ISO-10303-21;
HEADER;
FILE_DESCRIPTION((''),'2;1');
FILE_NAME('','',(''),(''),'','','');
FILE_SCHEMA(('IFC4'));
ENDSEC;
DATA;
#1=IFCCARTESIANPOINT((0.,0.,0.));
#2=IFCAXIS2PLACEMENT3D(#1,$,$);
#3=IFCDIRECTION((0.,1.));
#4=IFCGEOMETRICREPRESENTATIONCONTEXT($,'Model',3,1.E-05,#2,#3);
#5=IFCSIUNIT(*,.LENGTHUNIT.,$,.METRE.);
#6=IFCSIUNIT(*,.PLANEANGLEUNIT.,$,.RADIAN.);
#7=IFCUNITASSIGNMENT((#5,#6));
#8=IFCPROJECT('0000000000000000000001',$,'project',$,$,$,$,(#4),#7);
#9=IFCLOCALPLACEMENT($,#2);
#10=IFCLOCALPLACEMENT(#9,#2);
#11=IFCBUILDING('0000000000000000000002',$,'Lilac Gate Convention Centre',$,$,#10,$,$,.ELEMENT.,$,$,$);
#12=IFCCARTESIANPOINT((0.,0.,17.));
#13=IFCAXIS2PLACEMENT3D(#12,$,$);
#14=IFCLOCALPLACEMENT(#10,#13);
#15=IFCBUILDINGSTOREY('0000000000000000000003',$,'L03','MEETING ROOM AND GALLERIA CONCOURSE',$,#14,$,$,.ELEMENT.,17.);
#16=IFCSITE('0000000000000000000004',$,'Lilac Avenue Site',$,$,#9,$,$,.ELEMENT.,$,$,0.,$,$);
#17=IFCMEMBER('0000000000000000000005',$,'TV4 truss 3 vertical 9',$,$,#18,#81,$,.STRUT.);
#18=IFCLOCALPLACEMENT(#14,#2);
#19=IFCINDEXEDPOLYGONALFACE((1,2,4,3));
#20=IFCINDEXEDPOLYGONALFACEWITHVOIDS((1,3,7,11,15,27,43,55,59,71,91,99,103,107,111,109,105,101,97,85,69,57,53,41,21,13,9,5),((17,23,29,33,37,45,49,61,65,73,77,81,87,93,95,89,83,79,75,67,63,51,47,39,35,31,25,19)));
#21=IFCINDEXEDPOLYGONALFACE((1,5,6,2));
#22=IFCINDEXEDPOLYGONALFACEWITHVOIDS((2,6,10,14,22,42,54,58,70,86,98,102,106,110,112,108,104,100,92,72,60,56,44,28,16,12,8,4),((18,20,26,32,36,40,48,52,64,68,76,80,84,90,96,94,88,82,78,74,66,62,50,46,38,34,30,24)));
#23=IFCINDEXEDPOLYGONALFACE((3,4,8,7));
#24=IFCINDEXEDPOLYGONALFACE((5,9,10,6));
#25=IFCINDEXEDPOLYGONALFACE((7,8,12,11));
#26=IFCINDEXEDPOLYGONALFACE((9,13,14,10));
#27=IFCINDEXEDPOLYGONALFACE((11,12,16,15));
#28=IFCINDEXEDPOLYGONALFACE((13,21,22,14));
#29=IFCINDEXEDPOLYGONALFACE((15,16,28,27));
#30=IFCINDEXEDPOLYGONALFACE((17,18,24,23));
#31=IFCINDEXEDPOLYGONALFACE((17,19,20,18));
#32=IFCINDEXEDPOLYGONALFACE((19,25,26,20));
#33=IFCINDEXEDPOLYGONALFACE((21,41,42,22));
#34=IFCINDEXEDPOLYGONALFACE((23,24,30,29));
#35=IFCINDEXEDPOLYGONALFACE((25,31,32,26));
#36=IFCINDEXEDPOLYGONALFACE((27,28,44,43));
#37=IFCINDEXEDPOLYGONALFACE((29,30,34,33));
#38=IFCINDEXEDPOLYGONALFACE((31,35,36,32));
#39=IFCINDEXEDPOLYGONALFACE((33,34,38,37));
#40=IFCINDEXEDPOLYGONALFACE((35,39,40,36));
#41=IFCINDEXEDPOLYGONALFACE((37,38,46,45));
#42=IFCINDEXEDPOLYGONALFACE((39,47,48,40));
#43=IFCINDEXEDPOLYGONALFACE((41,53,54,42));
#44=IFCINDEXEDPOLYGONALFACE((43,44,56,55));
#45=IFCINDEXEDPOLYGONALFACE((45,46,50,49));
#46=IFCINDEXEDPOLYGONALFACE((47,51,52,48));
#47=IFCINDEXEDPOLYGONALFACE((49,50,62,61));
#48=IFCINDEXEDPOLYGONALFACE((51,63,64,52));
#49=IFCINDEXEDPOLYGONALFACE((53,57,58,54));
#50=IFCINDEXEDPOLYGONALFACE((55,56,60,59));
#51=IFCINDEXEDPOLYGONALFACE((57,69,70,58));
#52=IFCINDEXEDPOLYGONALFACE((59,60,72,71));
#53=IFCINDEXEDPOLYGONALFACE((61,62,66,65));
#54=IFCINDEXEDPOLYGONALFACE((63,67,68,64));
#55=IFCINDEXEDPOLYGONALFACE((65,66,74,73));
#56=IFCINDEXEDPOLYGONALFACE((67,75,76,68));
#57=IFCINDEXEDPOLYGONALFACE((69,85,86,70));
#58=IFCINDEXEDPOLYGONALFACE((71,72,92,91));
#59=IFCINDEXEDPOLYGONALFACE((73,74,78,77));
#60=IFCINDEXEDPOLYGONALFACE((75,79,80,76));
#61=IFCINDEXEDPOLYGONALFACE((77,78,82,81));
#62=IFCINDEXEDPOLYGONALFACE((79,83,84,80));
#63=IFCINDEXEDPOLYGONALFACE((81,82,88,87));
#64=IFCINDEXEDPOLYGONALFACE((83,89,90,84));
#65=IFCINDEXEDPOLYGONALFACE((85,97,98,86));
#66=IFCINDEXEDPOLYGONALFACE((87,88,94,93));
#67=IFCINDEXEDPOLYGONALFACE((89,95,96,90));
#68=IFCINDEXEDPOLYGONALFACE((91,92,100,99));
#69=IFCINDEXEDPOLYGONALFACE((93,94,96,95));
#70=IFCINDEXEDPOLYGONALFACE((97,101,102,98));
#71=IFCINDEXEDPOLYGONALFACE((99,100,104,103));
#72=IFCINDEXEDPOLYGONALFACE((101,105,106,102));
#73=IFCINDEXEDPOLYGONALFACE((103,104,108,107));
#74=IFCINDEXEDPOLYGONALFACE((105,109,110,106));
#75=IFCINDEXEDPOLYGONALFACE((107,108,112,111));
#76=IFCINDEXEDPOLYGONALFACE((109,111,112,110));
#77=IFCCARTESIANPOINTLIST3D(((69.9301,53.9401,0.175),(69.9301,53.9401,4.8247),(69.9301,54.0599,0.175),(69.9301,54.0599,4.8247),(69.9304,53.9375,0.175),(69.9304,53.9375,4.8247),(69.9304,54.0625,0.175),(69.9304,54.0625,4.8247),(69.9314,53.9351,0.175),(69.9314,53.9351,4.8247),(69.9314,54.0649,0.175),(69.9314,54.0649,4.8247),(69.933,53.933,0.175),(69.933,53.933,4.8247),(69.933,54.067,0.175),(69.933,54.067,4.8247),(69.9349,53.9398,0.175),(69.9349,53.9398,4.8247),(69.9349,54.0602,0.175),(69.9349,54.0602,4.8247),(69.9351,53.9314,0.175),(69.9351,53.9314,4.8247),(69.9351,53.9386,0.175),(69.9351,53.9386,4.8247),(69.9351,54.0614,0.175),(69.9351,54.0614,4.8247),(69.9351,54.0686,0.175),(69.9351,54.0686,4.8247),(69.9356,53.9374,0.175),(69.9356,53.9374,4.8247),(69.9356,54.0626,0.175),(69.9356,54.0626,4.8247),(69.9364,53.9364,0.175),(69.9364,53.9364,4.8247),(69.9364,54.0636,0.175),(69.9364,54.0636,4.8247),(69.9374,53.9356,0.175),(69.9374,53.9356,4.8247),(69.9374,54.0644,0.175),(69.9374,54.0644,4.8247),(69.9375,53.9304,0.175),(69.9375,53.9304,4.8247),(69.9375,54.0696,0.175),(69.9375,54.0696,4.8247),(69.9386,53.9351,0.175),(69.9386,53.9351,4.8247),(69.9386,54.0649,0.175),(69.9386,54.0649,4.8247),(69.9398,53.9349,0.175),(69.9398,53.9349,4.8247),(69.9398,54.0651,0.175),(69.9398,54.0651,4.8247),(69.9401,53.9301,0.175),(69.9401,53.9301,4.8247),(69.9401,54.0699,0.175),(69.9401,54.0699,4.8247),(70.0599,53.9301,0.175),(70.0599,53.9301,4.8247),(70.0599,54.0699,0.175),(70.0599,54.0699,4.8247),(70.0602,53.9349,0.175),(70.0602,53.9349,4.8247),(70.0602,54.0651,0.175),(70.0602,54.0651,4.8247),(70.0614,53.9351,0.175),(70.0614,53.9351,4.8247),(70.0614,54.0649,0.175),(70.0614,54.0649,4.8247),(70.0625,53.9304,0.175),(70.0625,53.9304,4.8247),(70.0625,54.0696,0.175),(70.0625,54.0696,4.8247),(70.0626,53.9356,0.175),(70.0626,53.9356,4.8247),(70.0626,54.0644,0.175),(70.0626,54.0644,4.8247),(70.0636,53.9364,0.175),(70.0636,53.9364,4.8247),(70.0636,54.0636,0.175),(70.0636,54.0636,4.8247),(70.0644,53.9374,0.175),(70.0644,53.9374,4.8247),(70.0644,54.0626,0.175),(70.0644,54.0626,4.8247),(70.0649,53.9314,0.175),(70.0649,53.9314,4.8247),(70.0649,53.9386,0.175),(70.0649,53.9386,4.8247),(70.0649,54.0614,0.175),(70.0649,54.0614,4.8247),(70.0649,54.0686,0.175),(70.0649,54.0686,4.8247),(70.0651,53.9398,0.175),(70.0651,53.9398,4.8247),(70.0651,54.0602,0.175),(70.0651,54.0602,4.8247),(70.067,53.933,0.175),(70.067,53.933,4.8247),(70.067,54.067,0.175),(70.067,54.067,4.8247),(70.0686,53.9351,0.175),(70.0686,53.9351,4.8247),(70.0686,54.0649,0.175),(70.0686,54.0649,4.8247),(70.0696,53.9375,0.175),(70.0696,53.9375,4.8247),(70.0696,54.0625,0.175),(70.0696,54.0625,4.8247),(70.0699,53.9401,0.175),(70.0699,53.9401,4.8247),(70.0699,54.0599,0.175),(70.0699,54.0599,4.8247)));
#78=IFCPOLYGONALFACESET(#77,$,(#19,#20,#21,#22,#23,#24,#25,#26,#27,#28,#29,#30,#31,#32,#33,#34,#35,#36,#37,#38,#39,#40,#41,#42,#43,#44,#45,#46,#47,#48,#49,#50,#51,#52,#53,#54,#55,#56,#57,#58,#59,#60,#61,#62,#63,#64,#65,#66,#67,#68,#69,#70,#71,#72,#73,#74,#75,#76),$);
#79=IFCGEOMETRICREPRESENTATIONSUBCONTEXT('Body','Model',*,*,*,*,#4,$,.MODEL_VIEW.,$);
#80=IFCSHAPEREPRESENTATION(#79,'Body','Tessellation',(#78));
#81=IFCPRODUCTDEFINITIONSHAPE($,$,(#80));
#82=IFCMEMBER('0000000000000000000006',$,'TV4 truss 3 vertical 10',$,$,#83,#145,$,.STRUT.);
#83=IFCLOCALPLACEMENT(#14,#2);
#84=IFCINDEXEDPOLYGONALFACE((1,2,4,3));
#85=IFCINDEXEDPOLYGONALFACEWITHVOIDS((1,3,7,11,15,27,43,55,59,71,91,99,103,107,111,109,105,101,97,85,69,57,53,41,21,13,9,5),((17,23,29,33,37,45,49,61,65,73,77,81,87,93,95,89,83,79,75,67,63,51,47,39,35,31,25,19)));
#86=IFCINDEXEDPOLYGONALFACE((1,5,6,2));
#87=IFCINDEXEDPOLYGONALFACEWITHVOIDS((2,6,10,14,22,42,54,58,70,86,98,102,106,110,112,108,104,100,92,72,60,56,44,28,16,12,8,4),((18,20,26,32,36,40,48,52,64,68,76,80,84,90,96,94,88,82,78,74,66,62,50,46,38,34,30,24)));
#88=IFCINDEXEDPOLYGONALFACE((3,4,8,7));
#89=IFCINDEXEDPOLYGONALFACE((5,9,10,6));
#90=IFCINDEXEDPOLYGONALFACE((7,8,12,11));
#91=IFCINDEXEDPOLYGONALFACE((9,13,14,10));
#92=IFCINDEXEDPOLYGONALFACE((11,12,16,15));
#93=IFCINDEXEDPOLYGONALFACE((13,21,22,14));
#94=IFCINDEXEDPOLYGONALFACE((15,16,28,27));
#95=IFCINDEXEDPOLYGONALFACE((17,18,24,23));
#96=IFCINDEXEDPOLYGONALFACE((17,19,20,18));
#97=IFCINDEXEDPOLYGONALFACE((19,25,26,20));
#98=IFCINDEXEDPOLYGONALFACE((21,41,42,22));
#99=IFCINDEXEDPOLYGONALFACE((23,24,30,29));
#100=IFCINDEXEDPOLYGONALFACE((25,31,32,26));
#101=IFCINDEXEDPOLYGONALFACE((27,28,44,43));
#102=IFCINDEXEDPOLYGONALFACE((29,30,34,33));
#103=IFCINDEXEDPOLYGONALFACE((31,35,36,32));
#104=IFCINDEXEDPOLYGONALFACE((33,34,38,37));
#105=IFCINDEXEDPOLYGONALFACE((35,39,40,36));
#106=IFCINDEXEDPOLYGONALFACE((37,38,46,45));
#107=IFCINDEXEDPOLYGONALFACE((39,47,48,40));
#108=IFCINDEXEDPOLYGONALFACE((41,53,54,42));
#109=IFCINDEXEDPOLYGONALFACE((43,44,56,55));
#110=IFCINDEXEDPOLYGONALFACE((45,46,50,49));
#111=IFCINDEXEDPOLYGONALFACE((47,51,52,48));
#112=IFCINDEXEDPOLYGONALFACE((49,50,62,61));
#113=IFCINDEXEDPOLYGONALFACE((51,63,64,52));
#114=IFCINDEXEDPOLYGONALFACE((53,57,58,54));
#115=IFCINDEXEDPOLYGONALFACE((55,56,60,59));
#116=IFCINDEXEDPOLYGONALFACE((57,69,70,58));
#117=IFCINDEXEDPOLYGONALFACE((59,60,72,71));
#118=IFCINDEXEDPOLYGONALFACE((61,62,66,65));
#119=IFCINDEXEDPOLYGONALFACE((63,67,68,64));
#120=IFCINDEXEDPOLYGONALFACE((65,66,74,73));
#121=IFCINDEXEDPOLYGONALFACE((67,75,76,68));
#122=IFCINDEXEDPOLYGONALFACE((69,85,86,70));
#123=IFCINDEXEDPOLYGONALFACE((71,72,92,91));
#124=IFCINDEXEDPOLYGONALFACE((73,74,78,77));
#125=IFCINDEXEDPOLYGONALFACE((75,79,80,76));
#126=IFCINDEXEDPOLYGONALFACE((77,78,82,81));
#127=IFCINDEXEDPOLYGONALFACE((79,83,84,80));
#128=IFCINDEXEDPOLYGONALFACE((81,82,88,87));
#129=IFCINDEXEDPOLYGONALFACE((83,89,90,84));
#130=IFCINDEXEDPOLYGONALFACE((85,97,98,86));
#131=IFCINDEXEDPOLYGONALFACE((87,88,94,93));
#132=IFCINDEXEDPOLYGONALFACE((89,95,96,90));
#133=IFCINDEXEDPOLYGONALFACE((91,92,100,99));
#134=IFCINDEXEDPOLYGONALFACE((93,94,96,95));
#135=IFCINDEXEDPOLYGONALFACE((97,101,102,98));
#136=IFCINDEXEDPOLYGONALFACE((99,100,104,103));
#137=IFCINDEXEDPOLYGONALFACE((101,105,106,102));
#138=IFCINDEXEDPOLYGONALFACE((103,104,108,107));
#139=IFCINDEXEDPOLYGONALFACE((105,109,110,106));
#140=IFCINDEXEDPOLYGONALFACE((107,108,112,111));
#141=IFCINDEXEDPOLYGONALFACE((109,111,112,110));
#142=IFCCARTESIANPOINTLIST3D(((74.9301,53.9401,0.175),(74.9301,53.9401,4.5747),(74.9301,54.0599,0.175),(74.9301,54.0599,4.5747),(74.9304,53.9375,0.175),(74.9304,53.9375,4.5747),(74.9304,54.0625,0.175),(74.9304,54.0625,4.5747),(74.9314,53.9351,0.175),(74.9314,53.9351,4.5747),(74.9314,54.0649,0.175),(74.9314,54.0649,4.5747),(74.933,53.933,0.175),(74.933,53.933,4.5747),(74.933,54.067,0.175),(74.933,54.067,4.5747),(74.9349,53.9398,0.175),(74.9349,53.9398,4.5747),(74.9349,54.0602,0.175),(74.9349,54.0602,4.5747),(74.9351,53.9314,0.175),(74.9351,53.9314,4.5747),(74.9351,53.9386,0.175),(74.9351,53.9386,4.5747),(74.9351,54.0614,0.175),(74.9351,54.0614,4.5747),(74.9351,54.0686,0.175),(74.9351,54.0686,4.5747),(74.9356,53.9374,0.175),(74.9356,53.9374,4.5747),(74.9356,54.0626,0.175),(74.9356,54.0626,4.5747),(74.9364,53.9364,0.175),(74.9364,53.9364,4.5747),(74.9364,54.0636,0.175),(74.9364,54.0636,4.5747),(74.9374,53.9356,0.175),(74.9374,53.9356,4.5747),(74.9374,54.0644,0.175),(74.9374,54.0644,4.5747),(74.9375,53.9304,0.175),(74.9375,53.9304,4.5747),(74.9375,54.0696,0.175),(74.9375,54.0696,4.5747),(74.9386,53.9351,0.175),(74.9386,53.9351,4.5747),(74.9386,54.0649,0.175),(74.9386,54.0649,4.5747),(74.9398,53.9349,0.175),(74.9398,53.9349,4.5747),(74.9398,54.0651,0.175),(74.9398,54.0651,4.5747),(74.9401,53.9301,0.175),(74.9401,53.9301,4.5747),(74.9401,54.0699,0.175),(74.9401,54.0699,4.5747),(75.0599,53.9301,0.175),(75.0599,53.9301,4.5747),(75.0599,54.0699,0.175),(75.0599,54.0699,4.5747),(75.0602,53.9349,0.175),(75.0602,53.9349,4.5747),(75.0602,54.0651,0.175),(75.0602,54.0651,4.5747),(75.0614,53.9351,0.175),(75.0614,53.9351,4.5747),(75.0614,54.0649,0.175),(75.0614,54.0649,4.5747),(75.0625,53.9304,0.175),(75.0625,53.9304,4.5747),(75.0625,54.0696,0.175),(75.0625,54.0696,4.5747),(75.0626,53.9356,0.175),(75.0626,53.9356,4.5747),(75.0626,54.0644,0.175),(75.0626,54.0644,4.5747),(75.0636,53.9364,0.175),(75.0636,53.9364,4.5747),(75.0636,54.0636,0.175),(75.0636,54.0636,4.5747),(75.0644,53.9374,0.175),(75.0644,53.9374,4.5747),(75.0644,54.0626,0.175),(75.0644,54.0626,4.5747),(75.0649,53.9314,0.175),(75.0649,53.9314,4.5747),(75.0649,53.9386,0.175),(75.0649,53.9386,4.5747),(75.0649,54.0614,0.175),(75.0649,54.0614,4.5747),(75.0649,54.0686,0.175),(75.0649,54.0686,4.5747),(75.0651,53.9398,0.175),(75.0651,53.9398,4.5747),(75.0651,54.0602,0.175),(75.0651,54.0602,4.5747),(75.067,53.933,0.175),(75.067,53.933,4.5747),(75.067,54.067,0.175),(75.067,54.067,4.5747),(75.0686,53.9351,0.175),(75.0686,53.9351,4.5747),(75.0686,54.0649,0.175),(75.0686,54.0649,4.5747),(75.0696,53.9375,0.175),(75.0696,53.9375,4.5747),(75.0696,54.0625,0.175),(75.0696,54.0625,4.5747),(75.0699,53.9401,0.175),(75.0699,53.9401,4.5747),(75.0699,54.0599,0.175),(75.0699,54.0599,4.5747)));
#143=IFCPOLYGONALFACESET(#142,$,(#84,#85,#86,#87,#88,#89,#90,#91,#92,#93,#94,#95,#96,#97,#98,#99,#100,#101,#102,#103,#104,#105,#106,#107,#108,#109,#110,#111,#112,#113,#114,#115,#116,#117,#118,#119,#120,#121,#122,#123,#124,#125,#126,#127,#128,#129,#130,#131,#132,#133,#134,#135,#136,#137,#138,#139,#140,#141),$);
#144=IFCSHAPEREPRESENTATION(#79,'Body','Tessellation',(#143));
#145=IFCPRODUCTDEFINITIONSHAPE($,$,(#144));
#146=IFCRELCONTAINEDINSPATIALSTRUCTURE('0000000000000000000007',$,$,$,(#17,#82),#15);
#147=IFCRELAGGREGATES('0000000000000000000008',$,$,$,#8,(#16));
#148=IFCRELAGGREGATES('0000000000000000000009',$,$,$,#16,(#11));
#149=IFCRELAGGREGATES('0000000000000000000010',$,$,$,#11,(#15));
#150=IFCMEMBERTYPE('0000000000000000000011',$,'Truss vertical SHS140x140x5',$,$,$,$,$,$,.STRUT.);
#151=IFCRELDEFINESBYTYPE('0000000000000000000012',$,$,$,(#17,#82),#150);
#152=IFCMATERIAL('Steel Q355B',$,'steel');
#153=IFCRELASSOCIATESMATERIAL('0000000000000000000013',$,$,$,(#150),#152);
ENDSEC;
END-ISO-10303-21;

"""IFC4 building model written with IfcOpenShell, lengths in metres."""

from ifc_helpers import new_model, si_unit, direction, frame, origin, origin_2d, place, context, subcontext, project, spatial, hollow_rectangle, extrude, material, material_profile, profile_set, type_object, element, save


model = new_model("IFC4")

# Units and contexts
model_context = context("Model", 3, precision=1e-05, world=origin(), true_north=direction((0.0, 1.0)))
body_context = subcontext(model_context, "Body", "Model", "MODEL_VIEW")
ifc_project = project(units=[si_unit("LENGTHUNIT", "METRE"), si_unit("PLANEANGLEUNIT", "RADIAN")], contexts=[model_context])

# Site, building, storey
site_placement = place(None, origin())
site = spatial("IfcSite", under=ifc_project, at=site_placement, Name="Lilac Avenue Site", CompositionType="ELEMENT", RefElevation=0.0)
building_placement = place(site_placement, origin())
building = spatial("IfcBuilding", under=site, at=building_placement, Name="Lilac Gate Convention Centre", CompositionType="ELEMENT")
storey_placement = place(building_placement, frame((0.0, 0.0, 17.0)))
storey = spatial("IfcBuildingStorey", under=building, at=storey_placement, Name="L03", Description="MEETING ROOM AND GALLERIA CONCOURSE", CompositionType="ELEMENT", Elevation=17.0)

# Members
ifc_material = material(Name="Steel Q355B", Category="steel")
ifc_material_profile_1 = material_profile(ifc_material, hollow_rectangle(XDim=0.1399, YDim=0.1399, WallThickness=0.0049, InnerFilletRadius=0.0049, OuterFilletRadius=0.01, at=origin_2d()), Name="SHS140x140x5")
ifc_profile_set_1 = profile_set([ifc_material_profile_1], Name="Steel Q355B")
member_type_1 = type_object("IfcMemberType", Name="Truss vertical SHS140x140x5", PredefinedType="STRUT", material=ifc_profile_set_1)
member_1_placement = place(storey_placement, frame((70.0, 54.0, 0.175), z_axis=(0.0, 0.0, 1.0), x_axis=(1.0, 0.0, 0.0)))
element("IfcMember", 1, at=member_1_placement, inside=storey, type_object=member_type_1, Name="TV4 truss 3 vertical 9", PredefinedType="STRUT", context=body_context, shape_type="SweptSolid", body=[
    extrude(hollow_rectangle(XDim=0.1399, YDim=0.1399, WallThickness=0.0049, InnerFilletRadius=0.0049, OuterFilletRadius=0.01, at=origin_2d()), origin(), (0.0, 0.0, 1.0), 4.6497),
])
member_2_placement = place(storey_placement, frame((75.0, 54.0, 0.175), z_axis=(0.0, 0.0, 1.0), x_axis=(1.0, 0.0, 0.0)))
element("IfcMember", 2, at=member_2_placement, inside=storey, type_object=member_type_1, Name="TV4 truss 3 vertical 10", PredefinedType="STRUT", context=body_context, shape_type="SweptSolid", body=[
    extrude(hollow_rectangle(XDim=0.1399, YDim=0.1399, WallThickness=0.0049, InnerFilletRadius=0.0049, OuterFilletRadius=0.01, at=origin_2d()), origin(), (0.0, 0.0, 1.0), 4.3997),
])

save(model, "model.ifc")
